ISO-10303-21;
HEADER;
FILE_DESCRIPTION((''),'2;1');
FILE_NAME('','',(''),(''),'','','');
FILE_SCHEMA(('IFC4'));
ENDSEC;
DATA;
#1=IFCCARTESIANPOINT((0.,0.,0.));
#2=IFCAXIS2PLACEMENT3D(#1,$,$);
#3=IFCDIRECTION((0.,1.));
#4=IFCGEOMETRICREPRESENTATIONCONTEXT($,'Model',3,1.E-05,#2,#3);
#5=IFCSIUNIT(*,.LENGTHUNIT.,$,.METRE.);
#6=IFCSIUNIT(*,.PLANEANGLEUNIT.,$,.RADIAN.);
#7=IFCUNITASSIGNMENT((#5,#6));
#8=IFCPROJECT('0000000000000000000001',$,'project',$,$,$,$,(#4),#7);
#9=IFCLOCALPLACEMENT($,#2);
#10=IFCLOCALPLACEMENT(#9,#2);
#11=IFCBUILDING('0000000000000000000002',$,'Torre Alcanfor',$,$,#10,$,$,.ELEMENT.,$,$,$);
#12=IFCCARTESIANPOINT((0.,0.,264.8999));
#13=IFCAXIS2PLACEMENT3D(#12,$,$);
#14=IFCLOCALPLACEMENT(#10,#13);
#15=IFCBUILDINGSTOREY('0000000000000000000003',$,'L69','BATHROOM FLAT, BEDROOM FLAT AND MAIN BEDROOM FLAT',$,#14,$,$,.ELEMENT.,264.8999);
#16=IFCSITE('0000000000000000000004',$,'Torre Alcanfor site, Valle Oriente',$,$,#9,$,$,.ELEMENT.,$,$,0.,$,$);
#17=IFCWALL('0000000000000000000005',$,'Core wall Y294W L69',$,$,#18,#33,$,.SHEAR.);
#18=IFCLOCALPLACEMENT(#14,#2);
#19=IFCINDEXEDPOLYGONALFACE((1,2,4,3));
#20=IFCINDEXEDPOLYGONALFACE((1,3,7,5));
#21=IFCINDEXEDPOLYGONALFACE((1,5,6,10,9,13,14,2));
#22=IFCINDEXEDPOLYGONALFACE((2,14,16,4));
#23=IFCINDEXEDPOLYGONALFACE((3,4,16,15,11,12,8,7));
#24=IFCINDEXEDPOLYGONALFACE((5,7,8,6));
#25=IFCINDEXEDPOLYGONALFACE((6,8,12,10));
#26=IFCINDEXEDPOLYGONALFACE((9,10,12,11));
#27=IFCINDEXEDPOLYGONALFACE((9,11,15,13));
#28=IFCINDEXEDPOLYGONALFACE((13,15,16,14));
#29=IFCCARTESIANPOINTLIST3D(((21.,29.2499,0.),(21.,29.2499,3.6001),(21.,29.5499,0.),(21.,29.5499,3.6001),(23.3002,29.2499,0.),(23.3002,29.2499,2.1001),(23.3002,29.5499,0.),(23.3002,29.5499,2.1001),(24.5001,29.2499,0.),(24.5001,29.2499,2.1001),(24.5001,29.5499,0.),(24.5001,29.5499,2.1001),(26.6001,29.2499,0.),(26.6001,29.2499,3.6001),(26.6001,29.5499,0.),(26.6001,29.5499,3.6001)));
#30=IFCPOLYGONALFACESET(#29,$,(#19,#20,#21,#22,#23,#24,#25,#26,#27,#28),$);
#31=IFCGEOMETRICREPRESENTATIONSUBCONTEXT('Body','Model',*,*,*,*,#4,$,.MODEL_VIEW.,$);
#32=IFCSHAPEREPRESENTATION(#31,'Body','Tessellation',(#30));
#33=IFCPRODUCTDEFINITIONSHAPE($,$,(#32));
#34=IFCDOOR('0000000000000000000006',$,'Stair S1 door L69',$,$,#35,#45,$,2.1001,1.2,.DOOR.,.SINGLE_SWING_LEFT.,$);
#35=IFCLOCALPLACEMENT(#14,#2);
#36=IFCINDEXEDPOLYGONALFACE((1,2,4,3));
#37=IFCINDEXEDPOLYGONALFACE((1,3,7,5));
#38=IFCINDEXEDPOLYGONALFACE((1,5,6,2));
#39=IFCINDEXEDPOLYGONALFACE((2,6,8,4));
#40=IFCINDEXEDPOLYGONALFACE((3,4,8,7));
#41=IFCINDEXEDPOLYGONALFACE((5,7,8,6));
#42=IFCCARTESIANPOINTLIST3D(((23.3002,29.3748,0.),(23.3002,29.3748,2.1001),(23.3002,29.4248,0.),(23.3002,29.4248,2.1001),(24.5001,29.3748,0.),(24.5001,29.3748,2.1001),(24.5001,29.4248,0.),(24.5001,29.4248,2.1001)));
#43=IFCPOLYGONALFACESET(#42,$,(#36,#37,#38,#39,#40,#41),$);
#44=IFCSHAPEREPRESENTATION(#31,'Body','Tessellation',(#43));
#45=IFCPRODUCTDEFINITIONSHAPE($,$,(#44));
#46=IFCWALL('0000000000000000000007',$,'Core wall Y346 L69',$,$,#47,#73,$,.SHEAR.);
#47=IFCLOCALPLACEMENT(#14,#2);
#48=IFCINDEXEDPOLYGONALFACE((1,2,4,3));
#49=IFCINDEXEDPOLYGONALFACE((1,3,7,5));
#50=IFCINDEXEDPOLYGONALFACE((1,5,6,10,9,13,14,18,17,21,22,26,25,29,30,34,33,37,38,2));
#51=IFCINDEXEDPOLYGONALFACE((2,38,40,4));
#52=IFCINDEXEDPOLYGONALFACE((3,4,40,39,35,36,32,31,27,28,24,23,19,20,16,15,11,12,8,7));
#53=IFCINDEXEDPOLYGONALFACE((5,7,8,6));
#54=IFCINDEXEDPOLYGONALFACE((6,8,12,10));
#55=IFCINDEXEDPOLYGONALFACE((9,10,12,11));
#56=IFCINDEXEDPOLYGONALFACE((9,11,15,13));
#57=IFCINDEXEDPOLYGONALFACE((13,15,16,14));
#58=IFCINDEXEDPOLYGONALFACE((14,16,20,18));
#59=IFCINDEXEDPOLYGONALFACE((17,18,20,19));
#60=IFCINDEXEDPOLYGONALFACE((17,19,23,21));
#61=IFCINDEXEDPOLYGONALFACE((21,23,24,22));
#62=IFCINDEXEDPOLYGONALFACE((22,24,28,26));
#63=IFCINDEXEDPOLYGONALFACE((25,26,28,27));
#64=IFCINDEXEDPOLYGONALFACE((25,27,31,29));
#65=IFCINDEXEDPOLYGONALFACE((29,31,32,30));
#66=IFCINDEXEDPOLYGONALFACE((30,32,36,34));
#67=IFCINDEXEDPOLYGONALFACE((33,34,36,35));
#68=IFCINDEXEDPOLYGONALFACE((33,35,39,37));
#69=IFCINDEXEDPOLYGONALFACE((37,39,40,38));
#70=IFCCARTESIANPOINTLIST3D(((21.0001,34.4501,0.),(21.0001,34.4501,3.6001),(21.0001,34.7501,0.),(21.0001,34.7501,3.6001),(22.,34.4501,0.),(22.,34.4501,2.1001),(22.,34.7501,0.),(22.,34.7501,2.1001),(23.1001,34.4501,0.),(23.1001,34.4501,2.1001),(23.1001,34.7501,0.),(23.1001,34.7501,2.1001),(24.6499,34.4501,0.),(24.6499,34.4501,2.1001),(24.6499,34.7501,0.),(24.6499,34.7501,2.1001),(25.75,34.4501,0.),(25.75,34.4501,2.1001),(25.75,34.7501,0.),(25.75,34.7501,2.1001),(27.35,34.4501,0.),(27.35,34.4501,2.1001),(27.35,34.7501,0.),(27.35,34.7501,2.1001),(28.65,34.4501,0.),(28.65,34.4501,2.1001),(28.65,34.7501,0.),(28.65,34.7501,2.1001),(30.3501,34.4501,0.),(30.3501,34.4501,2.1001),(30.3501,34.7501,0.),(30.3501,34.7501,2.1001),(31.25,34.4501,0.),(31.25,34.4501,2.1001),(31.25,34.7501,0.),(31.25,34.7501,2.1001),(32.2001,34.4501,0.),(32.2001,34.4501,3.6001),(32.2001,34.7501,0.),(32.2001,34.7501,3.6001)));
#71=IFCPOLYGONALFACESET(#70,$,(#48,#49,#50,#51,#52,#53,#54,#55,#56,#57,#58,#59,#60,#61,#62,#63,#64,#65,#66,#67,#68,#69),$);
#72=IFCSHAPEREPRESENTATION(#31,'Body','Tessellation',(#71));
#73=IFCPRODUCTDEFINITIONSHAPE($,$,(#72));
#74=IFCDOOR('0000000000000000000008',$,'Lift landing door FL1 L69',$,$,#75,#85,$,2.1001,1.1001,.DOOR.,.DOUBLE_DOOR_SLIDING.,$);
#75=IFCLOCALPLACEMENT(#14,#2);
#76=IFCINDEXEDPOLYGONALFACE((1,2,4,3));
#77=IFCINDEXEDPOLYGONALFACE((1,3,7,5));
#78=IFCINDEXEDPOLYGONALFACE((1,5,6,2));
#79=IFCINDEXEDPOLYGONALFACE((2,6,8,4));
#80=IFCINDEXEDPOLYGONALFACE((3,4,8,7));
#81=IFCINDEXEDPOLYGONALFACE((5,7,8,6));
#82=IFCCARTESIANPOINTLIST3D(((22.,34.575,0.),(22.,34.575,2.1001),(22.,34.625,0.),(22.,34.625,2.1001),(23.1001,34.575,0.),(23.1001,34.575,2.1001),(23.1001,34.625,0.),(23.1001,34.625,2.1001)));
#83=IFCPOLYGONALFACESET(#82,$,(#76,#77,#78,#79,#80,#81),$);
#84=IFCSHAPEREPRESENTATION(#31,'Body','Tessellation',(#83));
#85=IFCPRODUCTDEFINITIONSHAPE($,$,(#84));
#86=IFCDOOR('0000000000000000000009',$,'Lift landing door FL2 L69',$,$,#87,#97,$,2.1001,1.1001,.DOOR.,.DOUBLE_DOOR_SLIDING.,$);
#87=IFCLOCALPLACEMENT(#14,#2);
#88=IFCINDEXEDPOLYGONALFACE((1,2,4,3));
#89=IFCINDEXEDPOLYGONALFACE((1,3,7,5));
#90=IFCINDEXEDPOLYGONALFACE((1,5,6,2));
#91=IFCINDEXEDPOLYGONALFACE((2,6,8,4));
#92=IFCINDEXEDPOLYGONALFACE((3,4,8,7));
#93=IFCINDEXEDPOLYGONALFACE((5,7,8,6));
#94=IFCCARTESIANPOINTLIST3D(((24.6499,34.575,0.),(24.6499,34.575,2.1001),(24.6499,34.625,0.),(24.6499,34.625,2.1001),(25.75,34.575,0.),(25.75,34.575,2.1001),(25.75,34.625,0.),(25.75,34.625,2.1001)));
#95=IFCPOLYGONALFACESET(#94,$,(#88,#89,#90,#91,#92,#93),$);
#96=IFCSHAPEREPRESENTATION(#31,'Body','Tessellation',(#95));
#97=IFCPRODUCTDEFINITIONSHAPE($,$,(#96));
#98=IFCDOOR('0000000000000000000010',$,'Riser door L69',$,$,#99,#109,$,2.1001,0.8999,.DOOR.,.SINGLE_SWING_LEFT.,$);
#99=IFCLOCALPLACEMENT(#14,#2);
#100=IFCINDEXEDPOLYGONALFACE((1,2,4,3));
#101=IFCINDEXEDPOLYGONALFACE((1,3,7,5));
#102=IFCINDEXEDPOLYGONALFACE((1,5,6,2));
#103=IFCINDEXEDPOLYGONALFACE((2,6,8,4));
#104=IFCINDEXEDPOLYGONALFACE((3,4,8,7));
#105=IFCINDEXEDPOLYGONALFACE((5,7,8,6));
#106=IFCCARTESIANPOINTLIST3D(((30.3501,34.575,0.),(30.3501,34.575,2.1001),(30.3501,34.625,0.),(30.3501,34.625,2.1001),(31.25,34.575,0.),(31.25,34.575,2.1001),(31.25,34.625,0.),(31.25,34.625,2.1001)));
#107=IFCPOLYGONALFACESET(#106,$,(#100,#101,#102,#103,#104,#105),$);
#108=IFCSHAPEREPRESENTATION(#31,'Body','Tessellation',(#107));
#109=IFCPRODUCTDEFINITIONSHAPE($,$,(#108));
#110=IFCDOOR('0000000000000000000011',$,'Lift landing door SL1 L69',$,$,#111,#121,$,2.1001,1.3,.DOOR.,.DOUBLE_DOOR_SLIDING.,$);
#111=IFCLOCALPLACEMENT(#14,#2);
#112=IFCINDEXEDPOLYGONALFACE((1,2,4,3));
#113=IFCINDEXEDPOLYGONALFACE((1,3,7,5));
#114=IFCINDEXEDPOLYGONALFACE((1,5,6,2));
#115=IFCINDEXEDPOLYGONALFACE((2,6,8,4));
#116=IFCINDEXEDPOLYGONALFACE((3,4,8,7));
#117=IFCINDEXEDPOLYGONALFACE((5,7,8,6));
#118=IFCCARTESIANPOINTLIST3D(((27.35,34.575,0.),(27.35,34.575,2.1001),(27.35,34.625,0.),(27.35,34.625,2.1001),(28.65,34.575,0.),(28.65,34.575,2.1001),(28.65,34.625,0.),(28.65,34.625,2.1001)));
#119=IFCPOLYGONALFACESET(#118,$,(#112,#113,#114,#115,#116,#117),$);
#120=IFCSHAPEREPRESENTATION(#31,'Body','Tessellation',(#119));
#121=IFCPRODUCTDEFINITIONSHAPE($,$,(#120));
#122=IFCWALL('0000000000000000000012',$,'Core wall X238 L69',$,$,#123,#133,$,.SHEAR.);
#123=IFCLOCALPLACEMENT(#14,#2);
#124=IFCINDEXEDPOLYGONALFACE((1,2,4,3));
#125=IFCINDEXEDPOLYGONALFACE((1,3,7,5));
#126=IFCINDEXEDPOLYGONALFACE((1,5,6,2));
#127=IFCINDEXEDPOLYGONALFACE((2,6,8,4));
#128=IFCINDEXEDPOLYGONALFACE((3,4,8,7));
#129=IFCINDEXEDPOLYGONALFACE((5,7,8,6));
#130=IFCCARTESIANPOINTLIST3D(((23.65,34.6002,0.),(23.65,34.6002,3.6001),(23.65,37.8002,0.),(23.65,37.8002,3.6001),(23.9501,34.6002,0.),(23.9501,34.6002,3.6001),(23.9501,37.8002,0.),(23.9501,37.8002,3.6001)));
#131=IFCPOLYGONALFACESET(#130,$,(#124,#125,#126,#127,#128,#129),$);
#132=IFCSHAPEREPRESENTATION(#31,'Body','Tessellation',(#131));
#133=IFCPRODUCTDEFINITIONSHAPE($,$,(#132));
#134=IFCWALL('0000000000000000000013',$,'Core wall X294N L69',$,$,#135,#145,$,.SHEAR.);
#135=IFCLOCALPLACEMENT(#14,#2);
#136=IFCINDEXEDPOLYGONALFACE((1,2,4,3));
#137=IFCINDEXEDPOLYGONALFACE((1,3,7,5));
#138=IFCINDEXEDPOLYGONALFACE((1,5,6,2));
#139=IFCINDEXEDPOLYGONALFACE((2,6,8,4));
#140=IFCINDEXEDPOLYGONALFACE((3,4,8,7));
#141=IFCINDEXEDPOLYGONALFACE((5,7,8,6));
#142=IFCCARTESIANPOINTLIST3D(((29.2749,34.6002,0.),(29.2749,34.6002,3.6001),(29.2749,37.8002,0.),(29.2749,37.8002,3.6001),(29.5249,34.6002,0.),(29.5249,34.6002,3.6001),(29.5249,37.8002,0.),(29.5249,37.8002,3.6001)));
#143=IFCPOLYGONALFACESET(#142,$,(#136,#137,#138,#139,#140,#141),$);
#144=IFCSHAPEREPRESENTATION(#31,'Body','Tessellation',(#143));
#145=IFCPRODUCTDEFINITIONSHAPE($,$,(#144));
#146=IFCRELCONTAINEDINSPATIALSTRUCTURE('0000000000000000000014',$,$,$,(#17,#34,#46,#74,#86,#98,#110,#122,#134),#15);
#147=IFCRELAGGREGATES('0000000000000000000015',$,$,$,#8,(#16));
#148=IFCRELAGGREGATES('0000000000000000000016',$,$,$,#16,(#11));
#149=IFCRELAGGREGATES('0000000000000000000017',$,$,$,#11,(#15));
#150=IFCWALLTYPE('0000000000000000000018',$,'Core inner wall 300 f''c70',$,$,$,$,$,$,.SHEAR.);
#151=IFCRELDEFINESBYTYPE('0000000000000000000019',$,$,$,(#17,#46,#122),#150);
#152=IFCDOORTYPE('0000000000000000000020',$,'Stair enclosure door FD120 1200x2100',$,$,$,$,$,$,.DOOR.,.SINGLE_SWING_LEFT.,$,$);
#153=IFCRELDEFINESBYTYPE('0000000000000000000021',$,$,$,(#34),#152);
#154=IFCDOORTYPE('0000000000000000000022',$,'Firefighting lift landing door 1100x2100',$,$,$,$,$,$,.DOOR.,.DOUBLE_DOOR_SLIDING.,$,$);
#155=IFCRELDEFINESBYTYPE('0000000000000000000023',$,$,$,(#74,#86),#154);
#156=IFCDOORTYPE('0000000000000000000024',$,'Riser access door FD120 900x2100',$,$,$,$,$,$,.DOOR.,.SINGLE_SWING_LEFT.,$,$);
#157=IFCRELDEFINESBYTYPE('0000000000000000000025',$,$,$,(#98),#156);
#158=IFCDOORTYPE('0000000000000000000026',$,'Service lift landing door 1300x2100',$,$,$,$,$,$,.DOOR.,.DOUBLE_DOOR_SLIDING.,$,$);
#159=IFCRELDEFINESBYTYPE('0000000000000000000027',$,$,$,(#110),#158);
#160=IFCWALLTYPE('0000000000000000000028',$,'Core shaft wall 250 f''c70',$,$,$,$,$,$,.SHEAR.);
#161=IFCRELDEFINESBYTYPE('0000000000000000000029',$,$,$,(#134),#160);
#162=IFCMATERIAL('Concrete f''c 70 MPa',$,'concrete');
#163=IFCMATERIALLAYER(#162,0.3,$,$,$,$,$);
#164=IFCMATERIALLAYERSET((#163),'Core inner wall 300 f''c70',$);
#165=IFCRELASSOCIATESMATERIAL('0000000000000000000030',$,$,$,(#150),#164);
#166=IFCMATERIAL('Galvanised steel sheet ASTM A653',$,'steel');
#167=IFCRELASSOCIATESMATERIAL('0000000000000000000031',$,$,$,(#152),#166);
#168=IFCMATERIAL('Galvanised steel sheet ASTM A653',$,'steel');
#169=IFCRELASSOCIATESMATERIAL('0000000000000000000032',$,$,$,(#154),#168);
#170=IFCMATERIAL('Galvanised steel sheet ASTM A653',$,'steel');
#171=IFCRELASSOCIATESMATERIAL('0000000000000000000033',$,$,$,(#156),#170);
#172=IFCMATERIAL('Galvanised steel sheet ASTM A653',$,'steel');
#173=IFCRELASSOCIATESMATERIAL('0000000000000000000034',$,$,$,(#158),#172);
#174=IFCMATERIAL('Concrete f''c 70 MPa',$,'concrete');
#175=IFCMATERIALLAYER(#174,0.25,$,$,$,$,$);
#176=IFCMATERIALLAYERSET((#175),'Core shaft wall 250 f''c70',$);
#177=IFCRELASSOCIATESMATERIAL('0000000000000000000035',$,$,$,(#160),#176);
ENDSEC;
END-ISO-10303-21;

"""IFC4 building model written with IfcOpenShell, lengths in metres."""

from ifc_helpers import new_model, si_unit, direction, frame, frame_2d, origin, place, context, subcontext, project, spatial, rectangle, extrude, material, layer, layer_set, type_object, element, fill, save


model = new_model("IFC4")

# Units and contexts
model_context = context("Model", 3, precision=1e-05, world=origin(), true_north=direction((0.0, 1.0)))
body_context = subcontext(model_context, "Body", "Model", "MODEL_VIEW")
ifc_project = project(units=[si_unit("LENGTHUNIT", "METRE"), si_unit("PLANEANGLEUNIT", "RADIAN")], contexts=[model_context])

# Site, building, storey
site_placement = place(None, origin())
site = spatial("IfcSite", under=ifc_project, at=site_placement, Name="Torre Alcanfor site, Valle Oriente", CompositionType="ELEMENT", RefElevation=0.0)
building_placement = place(site_placement, origin())
building = spatial("IfcBuilding", under=site, at=building_placement, Name="Torre Alcanfor", CompositionType="ELEMENT")
storey_placement = place(building_placement, frame((0.0, 0.0, 264.8999)))
storey = spatial("IfcBuildingStorey", under=building, at=storey_placement, Name="L69", Description="BATHROOM FLAT, BEDROOM FLAT AND MAIN BEDROOM FLAT", CompositionType="ELEMENT", Elevation=264.8999)

# Wall, opening, door
ifc_material_1 = material(Name="Concrete f'c 70 MPa", Category="concrete")
ifc_layer_1 = layer(ifc_material_1, 0.3)
ifc_layer_set_1 = layer_set([ifc_layer_1], Name="Core inner wall 300 f'c70")
wall_type_1 = type_object("IfcWallType", Name="Core inner wall 300 f'c70", PredefinedType="SHEAR", material=ifc_layer_set_1)
wall_1_placement = place(storey_placement, frame((21.0, 29.3999, 0.0), z_axis=(0.0, 0.0, 1.0), x_axis=(1.0, 0.0, 0.0)))
wall_1 = element("IfcWall", 1, at=wall_1_placement, inside=storey, type_object=wall_type_1, Name="Core wall Y294W L69", PredefinedType="SHEAR", context=body_context, shape_type="SweptSolid", body=[
    extrude(rectangle(XDim=5.6001, YDim=0.3, at=frame_2d((2.8, 0.0))), origin(), (0.0, 0.0, 1.0), 3.6001),
])
opening_1_placement = place(wall_1_placement, frame((2.3, 0.0, 0.0)))
opening_1 = element("IfcOpeningElement", 2, at=opening_1_placement, cuts=wall_1, PredefinedType="OPENING", context=body_context, shape_type="SweptSolid", body=[
    extrude(rectangle(XDim=1.2, YDim=2.1001, at=frame_2d((0.6001, 1.05))), frame((0.0, 0.1599, 0.0), z_axis=(0.0, -1.0, 0.0), x_axis=(1.0, 0.0, 0.0)), (0.0, 0.0, 1.0), 0.3201),
])
ifc_material_2 = material(Name="Galvanised steel sheet ASTM A653", Category="steel")
door_type_1 = type_object("IfcDoorType", Name="Stair enclosure door FD120 1200x2100", OperationType="SINGLE_SWING_LEFT", PredefinedType="DOOR", material=ifc_material_2)
door_1_placement = place(opening_1_placement, frame((1.2, 0.0, 0.0), z_axis=(0.0, 0.0, 1.0), x_axis=(-1.0, 0.0, 0.0)))
door_1 = element("IfcDoor", 3, at=door_1_placement, inside=storey, type_object=door_type_1, Name="Stair S1 door L69", OperationType="SINGLE_SWING_LEFT", OverallHeight=2.1001, OverallWidth=1.2, PredefinedType="DOOR", context=body_context, shape_type="SweptSolid", body=[
    extrude(rectangle(XDim=1.2, YDim=2.1001, at=frame_2d((0.5999, 1.05))), frame((0.0, 0.0251, 0.0), z_axis=(0.0, -1.0, 0.0), x_axis=(1.0, 0.0, 0.0)), (0.0, 0.0, 1.0), 0.05),
])
fill(opening_1, door_1)

# Wall, openings, doors
wall_2_placement = place(storey_placement, frame((21.0, 34.6001, 0.0), z_axis=(0.0, 0.0, 1.0), x_axis=(1.0, 0.0, 0.0)))
wall_2 = element("IfcWall", 4, at=wall_2_placement, inside=storey, type_object=wall_type_1, Name="Core wall Y346 L69", PredefinedType="SHEAR", context=body_context, shape_type="SweptSolid", body=[
    extrude(rectangle(XDim=11.2, YDim=0.3, at=frame_2d((5.6001, 0.0))), origin(), (0.0, 0.0, 1.0), 3.6001),
])
opening_2_placement = place(wall_2_placement, frame((9.3501, 0.0, 0.0)))
opening_2 = element("IfcOpeningElement", 5, at=opening_2_placement, cuts=wall_2, PredefinedType="OPENING", context=body_context, shape_type="SweptSolid", body=[
    extrude(rectangle(XDim=0.8999, YDim=2.1001, at=frame_2d((0.45, 1.05))), frame((0.0, 0.1599, 0.0), z_axis=(0.0, -1.0, 0.0), x_axis=(1.0, 0.0, 0.0)), (0.0, 0.0, 1.0), 0.3201),
])
opening_3_placement = place(wall_2_placement, frame((1.0, 0.0, 0.0)))
opening_3 = element("IfcOpeningElement", 6, at=opening_3_placement, cuts=wall_2, PredefinedType="OPENING", context=body_context, shape_type="SweptSolid", body=[
    extrude(rectangle(XDim=1.1001, YDim=2.1001, at=frame_2d((0.55, 1.05))), frame((0.0, 0.1599, 0.0), z_axis=(0.0, -1.0, 0.0), x_axis=(1.0, 0.0, 0.0)), (0.0, 0.0, 1.0), 0.3201),
])
opening_4_placement = place(wall_2_placement, frame((3.6499, 0.0, 0.0)))
opening_4 = element("IfcOpeningElement", 7, at=opening_4_placement, cuts=wall_2, PredefinedType="OPENING", context=body_context, shape_type="SweptSolid", body=[
    extrude(rectangle(XDim=1.1001, YDim=2.1001, at=frame_2d((0.55, 1.05))), frame((0.0, 0.1599, 0.0), z_axis=(0.0, -1.0, 0.0), x_axis=(1.0, 0.0, 0.0)), (0.0, 0.0, 1.0), 0.3201),
])
opening_5_placement = place(wall_2_placement, frame((6.3501, 0.0, 0.0)))
opening_5 = element("IfcOpeningElement", 8, at=opening_5_placement, cuts=wall_2, PredefinedType="OPENING", context=body_context, shape_type="SweptSolid", body=[
    extrude(rectangle(XDim=1.3, YDim=2.1001, at=frame_2d((0.6499, 1.05))), frame((0.0, 0.1599, 0.0), z_axis=(0.0, -1.0, 0.0), x_axis=(1.0, 0.0, 0.0)), (0.0, 0.0, 1.0), 0.3201),
])
ifc_material_3 = material(Name="Galvanised steel sheet ASTM A653", Category="steel")
door_type_2 = type_object("IfcDoorType", Name="Firefighting lift landing door 1100x2100", OperationType="DOUBLE_DOOR_SLIDING", PredefinedType="DOOR", material=ifc_material_3)
door_2_placement = place(opening_3_placement, origin())
door_2 = element("IfcDoor", 9, at=door_2_placement, inside=storey, type_object=door_type_2, Name="Lift landing door FL1 L69", OperationType="DOUBLE_DOOR_SLIDING", OverallHeight=2.1001, OverallWidth=1.1001, PredefinedType="DOOR", context=body_context, shape_type="SweptSolid", body=[
    extrude(rectangle(XDim=1.1001, YDim=2.1001, at=frame_2d((0.55, 1.05))), frame((0.0, 0.0249, 0.0), z_axis=(0.0, -1.0, 0.0), x_axis=(1.0, 0.0, 0.0)), (0.0, 0.0, 1.0), 0.05),
])
fill(opening_3, door_2)
door_3_placement = place(opening_4_placement, origin())
door_3 = element("IfcDoor", 10, at=door_3_placement, inside=storey, type_object=door_type_2, Name="Lift landing door FL2 L69", OperationType="DOUBLE_DOOR_SLIDING", OverallHeight=2.1001, OverallWidth=1.1001, PredefinedType="DOOR", context=body_context, shape_type="SweptSolid", body=[
    extrude(rectangle(XDim=1.1001, YDim=2.1001, at=frame_2d((0.55, 1.05))), frame((0.0, 0.0249, 0.0), z_axis=(0.0, -1.0, 0.0), x_axis=(1.0, 0.0, 0.0)), (0.0, 0.0, 1.0), 0.05),
])
fill(opening_4, door_3)
ifc_material_4 = material(Name="Galvanised steel sheet ASTM A653", Category="steel")
door_type_3 = type_object("IfcDoorType", Name="Riser access door FD120 900x2100", OperationType="SINGLE_SWING_LEFT", PredefinedType="DOOR", material=ifc_material_4)
door_4_placement = place(opening_2_placement, origin())
door_4 = element("IfcDoor", 11, at=door_4_placement, inside=storey, type_object=door_type_3, Name="Riser door L69", OperationType="SINGLE_SWING_LEFT", OverallHeight=2.1001, OverallWidth=0.8999, PredefinedType="DOOR", context=body_context, shape_type="SweptSolid", body=[
    extrude(rectangle(XDim=0.8999, YDim=2.1001, at=frame_2d((0.45, 1.05))), frame((0.0, 0.0249, 0.0), z_axis=(0.0, -1.0, 0.0), x_axis=(1.0, 0.0, 0.0)), (0.0, 0.0, 1.0), 0.05),
])
fill(opening_2, door_4)
ifc_material_5 = material(Name="Galvanised steel sheet ASTM A653", Category="steel")
door_type_4 = type_object("IfcDoorType", Name="Service lift landing door 1300x2100", OperationType="DOUBLE_DOOR_SLIDING", PredefinedType="DOOR", material=ifc_material_5)
door_5_placement = place(opening_5_placement, origin())
door_5 = element("IfcDoor", 12, at=door_5_placement, inside=storey, type_object=door_type_4, Name="Lift landing door SL1 L69", OperationType="DOUBLE_DOOR_SLIDING", OverallHeight=2.1001, OverallWidth=1.3, PredefinedType="DOOR", context=body_context, shape_type="SweptSolid", body=[
    extrude(rectangle(XDim=1.3, YDim=2.1001, at=frame_2d((0.6499, 1.05))), frame((0.0, 0.0249, 0.0), z_axis=(0.0, -1.0, 0.0), x_axis=(1.0, 0.0, 0.0)), (0.0, 0.0, 1.0), 0.05),
])
fill(opening_5, door_5)

# Walls
wall_3_placement = place(storey_placement, frame((23.8, 34.6001, 0.0), z_axis=(0.0, 0.0, 1.0), x_axis=(0.0, 1.0, 0.0)))
element("IfcWall", 13, at=wall_3_placement, inside=storey, type_object=wall_type_1, Name="Core wall X238 L69", PredefinedType="SHEAR", context=body_context, shape_type="SweptSolid", body=[
    extrude(rectangle(XDim=3.2, YDim=0.3, at=frame_2d((1.6001, 0.0))), origin(), (0.0, 0.0, 1.0), 3.6001),
])
ifc_material_6 = material(Name="Concrete f'c 70 MPa", Category="concrete")
ifc_layer_2 = layer(ifc_material_6, 0.25)
ifc_layer_set_2 = layer_set([ifc_layer_2], Name="Core shaft wall 250 f'c70")
wall_type_2 = type_object("IfcWallType", Name="Core shaft wall 250 f'c70", PredefinedType="SHEAR", material=ifc_layer_set_2)
wall_4_placement = place(storey_placement, frame((29.3999, 34.6001, 0.0), z_axis=(0.0, 0.0, 1.0), x_axis=(0.0, 1.0, 0.0)))
element("IfcWall", 14, at=wall_4_placement, inside=storey, type_object=wall_type_2, Name="Core wall X294N L69", PredefinedType="SHEAR", context=body_context, shape_type="SweptSolid", body=[
    extrude(rectangle(XDim=3.2, YDim=0.25, at=frame_2d((1.6001, 0.0))), origin(), (0.0, 0.0, 1.0), 3.6001),
])

save(model, "model.ifc")
